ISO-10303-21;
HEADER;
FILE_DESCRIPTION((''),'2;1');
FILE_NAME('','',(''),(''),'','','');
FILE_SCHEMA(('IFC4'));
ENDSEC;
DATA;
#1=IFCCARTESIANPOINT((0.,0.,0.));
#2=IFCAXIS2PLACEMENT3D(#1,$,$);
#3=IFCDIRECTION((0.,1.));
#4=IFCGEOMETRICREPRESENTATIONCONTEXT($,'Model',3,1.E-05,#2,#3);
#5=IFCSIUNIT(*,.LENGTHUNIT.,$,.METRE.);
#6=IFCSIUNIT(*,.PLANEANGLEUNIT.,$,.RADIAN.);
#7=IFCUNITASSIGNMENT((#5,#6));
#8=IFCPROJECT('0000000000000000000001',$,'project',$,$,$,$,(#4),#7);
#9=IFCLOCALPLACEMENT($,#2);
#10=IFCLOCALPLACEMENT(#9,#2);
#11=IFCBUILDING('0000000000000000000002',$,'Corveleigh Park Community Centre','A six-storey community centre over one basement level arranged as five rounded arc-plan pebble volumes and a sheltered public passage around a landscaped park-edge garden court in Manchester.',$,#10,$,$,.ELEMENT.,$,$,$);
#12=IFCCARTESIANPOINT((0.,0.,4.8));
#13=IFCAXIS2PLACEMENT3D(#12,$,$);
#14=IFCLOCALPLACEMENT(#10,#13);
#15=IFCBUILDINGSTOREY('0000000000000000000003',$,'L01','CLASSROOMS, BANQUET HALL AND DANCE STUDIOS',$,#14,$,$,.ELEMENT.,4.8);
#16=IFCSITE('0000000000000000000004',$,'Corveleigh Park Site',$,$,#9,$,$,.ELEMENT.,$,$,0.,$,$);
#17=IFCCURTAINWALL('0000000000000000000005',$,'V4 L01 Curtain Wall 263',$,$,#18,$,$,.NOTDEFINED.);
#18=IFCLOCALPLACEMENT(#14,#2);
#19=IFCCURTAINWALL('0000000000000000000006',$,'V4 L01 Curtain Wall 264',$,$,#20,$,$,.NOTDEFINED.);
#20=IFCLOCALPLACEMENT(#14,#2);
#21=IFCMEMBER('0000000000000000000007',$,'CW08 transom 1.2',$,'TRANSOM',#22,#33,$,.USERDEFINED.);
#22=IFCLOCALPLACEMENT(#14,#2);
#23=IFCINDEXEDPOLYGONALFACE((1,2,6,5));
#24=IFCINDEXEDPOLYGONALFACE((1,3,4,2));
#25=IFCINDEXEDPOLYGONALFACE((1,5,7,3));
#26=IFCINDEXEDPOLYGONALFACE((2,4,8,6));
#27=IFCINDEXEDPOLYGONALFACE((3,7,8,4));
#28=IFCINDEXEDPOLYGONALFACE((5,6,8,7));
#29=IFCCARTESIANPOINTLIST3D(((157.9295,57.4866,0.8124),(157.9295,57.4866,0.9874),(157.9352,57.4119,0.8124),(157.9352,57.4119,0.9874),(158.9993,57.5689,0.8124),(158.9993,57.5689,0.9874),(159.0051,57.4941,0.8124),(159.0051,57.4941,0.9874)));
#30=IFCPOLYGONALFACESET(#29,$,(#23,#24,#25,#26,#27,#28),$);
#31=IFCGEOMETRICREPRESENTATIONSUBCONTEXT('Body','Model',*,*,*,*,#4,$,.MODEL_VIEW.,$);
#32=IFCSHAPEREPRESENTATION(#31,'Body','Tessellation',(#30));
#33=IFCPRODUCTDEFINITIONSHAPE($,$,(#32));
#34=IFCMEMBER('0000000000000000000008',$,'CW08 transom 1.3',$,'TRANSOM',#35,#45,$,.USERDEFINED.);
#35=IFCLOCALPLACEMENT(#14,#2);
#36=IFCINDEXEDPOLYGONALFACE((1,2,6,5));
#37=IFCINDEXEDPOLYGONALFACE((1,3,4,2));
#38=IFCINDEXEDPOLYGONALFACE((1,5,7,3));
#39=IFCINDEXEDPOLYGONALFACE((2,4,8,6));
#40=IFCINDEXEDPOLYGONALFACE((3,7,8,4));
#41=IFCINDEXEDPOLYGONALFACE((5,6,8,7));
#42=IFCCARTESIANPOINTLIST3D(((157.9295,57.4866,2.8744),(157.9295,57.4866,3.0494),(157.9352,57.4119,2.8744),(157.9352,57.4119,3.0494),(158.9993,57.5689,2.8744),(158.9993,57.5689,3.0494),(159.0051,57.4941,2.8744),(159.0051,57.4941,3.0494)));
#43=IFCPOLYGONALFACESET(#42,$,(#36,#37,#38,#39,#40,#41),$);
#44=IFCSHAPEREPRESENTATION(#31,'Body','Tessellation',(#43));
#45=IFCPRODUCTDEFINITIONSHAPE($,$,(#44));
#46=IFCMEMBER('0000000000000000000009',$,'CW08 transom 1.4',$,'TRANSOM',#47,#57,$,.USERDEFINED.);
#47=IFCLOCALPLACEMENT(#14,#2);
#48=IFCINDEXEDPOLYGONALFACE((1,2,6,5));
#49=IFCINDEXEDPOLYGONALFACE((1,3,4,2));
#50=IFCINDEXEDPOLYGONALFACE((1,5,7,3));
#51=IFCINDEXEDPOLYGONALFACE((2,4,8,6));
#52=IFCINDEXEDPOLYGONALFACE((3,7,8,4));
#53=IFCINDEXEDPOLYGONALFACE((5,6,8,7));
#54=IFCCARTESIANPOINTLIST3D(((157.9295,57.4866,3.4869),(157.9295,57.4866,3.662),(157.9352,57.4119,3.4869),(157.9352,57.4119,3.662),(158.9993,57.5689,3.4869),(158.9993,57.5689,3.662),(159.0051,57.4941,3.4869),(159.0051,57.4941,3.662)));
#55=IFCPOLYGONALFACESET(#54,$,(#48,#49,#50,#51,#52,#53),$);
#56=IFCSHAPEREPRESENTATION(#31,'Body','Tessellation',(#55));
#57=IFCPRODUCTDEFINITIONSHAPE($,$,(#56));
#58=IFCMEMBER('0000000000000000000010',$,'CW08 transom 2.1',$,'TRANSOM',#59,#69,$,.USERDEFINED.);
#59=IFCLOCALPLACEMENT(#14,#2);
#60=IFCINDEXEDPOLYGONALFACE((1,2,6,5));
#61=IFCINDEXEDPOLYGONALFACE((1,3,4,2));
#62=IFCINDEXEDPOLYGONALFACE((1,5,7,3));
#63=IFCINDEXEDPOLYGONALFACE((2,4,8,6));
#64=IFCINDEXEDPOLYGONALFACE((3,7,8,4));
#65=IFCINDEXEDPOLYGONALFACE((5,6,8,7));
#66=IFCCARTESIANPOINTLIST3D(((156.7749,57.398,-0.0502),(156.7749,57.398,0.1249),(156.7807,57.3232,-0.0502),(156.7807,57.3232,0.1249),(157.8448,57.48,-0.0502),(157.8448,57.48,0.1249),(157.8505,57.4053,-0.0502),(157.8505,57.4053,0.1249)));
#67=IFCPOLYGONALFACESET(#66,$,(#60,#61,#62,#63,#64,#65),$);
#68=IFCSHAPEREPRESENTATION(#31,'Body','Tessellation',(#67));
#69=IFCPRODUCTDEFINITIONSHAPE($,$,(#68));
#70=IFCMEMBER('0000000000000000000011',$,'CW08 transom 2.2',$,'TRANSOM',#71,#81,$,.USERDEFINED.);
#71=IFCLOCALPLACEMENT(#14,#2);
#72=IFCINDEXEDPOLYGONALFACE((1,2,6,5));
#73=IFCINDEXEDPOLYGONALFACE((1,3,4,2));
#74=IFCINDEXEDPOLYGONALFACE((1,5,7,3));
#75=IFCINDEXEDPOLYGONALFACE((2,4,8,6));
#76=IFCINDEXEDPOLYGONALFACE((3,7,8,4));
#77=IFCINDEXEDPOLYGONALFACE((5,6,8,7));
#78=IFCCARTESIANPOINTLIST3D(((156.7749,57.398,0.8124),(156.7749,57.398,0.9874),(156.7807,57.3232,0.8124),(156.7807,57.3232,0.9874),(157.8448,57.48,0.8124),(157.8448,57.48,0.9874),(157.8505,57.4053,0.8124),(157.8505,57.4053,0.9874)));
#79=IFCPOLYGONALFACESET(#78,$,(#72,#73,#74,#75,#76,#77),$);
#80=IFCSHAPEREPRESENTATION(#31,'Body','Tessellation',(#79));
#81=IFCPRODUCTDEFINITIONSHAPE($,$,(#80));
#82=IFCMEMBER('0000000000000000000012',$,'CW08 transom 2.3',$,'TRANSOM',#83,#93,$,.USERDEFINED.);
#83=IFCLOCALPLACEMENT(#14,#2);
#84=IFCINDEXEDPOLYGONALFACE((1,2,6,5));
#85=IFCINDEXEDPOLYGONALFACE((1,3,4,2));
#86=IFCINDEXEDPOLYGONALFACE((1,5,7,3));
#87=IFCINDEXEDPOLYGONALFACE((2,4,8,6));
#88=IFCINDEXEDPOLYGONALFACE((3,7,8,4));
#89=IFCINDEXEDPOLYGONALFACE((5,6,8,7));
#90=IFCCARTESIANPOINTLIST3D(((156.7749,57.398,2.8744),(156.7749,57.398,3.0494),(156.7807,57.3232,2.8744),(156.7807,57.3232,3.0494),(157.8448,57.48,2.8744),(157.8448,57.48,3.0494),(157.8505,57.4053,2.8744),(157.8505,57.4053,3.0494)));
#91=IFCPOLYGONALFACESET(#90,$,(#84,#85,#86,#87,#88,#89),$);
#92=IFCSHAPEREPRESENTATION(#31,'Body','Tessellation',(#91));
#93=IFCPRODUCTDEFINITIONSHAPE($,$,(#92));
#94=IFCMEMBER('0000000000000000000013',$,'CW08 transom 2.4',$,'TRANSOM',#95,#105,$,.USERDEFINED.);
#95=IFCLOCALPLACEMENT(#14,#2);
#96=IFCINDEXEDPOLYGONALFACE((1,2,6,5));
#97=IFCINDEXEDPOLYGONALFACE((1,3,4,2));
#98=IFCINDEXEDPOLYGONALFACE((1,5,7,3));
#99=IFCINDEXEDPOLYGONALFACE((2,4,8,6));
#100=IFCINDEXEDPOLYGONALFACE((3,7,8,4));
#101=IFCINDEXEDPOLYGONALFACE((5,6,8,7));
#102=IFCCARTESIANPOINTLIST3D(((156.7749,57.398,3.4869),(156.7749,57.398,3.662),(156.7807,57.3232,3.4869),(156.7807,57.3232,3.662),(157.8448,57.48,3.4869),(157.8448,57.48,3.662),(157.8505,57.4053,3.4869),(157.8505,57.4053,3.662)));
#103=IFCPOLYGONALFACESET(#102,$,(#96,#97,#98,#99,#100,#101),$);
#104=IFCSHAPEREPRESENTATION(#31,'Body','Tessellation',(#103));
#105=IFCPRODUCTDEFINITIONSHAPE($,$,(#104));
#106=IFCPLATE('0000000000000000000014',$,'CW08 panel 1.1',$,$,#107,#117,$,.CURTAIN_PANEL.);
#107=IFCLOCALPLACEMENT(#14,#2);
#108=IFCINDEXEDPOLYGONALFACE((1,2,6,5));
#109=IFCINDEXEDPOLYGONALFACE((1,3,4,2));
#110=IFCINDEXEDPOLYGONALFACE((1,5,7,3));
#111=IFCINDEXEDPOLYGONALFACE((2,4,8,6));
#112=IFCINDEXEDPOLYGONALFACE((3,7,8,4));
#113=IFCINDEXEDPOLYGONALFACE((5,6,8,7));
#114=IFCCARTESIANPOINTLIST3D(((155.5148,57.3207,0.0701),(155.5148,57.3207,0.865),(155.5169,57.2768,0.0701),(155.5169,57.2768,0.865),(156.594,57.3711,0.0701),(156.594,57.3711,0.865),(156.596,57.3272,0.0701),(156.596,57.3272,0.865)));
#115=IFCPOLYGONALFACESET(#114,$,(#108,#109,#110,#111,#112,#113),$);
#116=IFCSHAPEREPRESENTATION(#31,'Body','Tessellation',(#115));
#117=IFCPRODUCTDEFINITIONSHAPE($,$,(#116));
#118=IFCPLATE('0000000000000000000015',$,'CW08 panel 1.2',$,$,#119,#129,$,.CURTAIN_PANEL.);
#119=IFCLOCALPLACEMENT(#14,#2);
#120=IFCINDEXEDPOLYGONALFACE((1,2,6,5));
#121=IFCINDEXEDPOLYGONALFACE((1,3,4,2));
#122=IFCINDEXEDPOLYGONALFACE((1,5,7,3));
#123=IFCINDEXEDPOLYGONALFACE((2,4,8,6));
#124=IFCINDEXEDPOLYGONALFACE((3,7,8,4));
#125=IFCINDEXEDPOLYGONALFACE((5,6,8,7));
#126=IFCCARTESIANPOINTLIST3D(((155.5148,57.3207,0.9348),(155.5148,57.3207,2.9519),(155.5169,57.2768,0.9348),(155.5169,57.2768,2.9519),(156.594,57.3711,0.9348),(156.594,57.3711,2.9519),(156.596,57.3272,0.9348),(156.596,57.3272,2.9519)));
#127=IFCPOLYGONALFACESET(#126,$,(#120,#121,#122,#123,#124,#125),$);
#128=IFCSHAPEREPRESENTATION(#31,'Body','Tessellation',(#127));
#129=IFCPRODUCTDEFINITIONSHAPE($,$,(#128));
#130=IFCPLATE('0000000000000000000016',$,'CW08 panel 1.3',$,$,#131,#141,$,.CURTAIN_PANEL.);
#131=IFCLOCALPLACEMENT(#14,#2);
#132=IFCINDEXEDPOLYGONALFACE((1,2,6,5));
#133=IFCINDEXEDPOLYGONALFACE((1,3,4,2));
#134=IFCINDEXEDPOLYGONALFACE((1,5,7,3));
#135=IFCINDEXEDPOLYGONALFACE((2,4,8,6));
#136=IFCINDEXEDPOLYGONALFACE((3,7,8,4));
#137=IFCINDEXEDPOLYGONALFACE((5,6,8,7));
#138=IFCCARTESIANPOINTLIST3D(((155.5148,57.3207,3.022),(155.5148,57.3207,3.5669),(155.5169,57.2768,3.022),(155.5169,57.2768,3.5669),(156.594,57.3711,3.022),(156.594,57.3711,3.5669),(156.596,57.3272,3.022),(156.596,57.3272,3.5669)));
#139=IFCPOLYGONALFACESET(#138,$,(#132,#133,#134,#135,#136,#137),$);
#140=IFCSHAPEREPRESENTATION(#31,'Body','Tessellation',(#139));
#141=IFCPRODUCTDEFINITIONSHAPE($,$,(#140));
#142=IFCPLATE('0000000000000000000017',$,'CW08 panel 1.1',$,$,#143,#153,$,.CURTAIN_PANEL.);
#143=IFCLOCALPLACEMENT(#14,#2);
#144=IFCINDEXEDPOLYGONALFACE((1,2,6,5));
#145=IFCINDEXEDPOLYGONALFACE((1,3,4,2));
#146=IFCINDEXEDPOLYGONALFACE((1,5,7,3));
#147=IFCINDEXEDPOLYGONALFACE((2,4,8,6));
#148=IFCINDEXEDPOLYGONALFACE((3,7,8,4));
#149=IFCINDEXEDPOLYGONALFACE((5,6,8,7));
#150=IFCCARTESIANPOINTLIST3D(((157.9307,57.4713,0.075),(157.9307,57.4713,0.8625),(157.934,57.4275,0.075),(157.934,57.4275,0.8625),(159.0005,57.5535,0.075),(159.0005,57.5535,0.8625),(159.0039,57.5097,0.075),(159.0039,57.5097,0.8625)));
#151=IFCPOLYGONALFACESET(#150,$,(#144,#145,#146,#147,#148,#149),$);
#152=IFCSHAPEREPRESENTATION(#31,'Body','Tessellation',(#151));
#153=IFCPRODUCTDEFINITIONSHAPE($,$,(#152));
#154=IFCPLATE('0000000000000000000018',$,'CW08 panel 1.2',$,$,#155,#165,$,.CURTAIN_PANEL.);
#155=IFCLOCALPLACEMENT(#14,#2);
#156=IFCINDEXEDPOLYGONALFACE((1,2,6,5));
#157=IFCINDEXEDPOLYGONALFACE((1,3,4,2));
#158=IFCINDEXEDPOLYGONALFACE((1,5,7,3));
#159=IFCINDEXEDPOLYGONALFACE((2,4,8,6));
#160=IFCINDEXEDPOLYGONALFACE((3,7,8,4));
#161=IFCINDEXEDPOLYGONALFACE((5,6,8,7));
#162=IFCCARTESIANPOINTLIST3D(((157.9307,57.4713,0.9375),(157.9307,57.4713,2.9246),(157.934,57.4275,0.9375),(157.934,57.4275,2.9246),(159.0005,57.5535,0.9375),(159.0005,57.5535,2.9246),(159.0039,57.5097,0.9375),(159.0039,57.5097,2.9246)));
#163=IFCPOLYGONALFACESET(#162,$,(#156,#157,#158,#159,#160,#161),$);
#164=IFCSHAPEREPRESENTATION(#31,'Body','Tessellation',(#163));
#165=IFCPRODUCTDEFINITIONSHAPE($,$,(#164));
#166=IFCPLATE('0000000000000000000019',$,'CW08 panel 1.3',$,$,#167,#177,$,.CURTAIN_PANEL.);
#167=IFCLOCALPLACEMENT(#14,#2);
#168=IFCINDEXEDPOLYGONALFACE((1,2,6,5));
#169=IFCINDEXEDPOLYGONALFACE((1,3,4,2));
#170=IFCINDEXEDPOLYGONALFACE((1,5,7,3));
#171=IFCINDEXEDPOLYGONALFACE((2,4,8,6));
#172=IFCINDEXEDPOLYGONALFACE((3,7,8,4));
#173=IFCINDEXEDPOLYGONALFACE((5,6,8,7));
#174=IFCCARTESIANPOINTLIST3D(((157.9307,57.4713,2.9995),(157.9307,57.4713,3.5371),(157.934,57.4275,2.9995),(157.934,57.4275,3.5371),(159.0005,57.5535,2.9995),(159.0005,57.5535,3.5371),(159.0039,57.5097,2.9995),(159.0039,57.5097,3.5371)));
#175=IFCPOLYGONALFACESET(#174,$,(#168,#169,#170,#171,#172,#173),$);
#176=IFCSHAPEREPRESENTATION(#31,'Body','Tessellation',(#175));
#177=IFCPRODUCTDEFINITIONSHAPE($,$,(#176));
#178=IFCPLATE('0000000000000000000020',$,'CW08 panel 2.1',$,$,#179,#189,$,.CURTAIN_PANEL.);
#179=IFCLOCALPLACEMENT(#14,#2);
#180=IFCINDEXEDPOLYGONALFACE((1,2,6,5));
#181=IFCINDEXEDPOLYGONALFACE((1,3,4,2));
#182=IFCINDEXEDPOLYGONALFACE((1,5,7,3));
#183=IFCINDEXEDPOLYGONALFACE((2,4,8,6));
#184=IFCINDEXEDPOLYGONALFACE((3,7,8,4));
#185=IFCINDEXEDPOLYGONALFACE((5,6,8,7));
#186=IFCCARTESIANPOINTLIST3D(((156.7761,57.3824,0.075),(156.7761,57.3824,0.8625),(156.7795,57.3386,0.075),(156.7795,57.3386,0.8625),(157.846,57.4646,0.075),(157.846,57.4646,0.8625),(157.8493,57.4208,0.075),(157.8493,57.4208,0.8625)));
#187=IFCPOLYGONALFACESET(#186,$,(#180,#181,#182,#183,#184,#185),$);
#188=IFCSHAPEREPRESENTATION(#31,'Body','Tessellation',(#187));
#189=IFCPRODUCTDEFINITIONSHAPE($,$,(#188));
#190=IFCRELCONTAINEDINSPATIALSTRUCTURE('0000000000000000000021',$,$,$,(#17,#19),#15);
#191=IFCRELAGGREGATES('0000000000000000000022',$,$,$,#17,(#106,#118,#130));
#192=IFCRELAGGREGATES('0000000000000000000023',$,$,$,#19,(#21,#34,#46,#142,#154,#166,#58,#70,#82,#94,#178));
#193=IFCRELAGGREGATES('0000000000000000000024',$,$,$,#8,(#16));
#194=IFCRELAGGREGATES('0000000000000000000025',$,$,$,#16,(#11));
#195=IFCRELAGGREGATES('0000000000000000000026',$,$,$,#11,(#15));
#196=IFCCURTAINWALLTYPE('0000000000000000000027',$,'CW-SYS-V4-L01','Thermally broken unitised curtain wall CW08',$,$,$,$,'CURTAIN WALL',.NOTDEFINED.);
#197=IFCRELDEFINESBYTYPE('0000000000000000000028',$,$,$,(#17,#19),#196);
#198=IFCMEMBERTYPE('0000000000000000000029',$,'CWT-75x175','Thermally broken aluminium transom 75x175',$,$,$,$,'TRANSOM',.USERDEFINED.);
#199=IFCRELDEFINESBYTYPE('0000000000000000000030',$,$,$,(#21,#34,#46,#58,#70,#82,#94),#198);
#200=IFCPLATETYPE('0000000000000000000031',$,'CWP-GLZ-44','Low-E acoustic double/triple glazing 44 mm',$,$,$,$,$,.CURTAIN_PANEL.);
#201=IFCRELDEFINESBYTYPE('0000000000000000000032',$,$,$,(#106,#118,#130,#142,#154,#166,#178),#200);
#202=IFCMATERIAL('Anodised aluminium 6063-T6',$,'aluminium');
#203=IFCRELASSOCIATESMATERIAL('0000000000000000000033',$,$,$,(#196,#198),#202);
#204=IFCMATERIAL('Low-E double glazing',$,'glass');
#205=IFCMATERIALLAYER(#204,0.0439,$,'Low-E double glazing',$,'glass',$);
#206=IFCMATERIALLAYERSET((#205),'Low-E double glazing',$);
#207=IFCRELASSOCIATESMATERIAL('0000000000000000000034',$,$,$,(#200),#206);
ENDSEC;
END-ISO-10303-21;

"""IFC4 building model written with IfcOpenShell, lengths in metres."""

from ifc_helpers import new_model, si_unit, direction, frame, origin, origin_2d, place, context, subcontext, project, spatial, rectangle, extrude, material, layer, layer_set, material_profile, profile_set, type_object, element, aggregate, save


model = new_model("IFC4")

# Units and contexts
model_context = context("Model", 3, precision=1e-05, world=origin(), true_north=direction((0.0, 1.0)))
body_context = subcontext(model_context, "Body", "Model", "MODEL_VIEW")
ifc_project = project(units=[si_unit("LENGTHUNIT", "METRE"), si_unit("PLANEANGLEUNIT", "RADIAN")], contexts=[model_context])

# Site, building, storey
site_placement = place(None, origin())
site = spatial("IfcSite", under=ifc_project, at=site_placement, Name="Corveleigh Park Site", CompositionType="ELEMENT", RefElevation=0.0)
building_placement = place(site_placement, origin())
building = spatial("IfcBuilding", under=site, at=building_placement, Name="Corveleigh Park Community Centre", Description="A six-storey community centre over one basement level arranged as five rounded arc-plan pebble volumes and a sheltered public passage around a landscaped park-edge garden court in Manchester.", CompositionType="ELEMENT")
storey_placement = place(building_placement, frame((0.0, 0.0, 4.8)))
storey = spatial("IfcBuildingStorey", under=building, at=storey_placement, Name="L01", Description="CLASSROOMS, BANQUET HALL AND DANCE STUDIOS", CompositionType="ELEMENT", Elevation=4.8)

# Curtain walls
ifc_material_1 = material(Name="Anodised aluminium 6063-T6", Category="aluminium")
curtain_wall_type = type_object("IfcCurtainWallType", Name="CW-SYS-V4-L01", Description="Thermally broken unitised curtain wall CW08", ElementType="CURTAIN WALL", PredefinedType="NOTDEFINED", material=ifc_material_1)
curtain_wall_1_placement = place(storey_placement, origin())
curtain_wall_1 = element("IfcCurtainWall", 1, at=curtain_wall_1_placement, inside=storey, type_object=curtain_wall_type, Name="V4 L01 Curtain Wall 263", PredefinedType="NOTDEFINED")
curtain_wall_2_placement = place(storey_placement, origin())
curtain_wall_2 = element("IfcCurtainWall", 2, at=curtain_wall_2_placement, inside=storey, type_object=curtain_wall_type, Name="V4 L01 Curtain Wall 264", PredefinedType="NOTDEFINED")

# Members
ifc_material_profile_1 = material_profile(ifc_material_1, rectangle(XDim=0.075, YDim=0.175, at=origin_2d()), Name="ALU-T75x175", Category="aluminium")
ifc_profile_set_1 = profile_set([ifc_material_profile_1], Name="Anodised aluminium 6063-T6")
member_type_1 = type_object("IfcMemberType", Name="CWT-75x175", Description="Thermally broken aluminium transom 75x175", ElementType="TRANSOM", PredefinedType="USERDEFINED", material=ifc_profile_set_1)
member_1_placement = place(storey_placement, frame((159.0022, 57.5315, 0.8999), z_axis=(-0.997056, -0.076679, 0.0), x_axis=(0.076679, -0.997056, 0.0)))
member_1 = element("IfcMember", 3, at=member_1_placement, type_object=member_type_1, Name="CW08 transom 1.2", ObjectType="TRANSOM", PredefinedType="USERDEFINED", context=body_context, shape_type="SweptSolid", body=[
    extrude(rectangle(XDim=0.075, YDim=0.175, at=origin_2d()), origin(), (0.0, 0.0, 1.0), 1.073),
])
member_2_placement = place(storey_placement, frame((159.0022, 57.5315, 2.9619), z_axis=(-0.997056, -0.076679, 0.0), x_axis=(0.076679, -0.997056, 0.0)))
member_2 = element("IfcMember", 4, at=member_2_placement, type_object=member_type_1, Name="CW08 transom 1.3", ObjectType="TRANSOM", PredefinedType="USERDEFINED", context=body_context, shape_type="SweptSolid", body=[
    extrude(rectangle(XDim=0.075, YDim=0.175, at=origin_2d()), origin(), (0.0, 0.0, 1.0), 1.073),
])
member_3_placement = place(storey_placement, frame((159.0022, 57.5315, 3.5745), z_axis=(-0.997056, -0.076679, 0.0), x_axis=(0.076679, -0.997056, 0.0)))
member_3 = element("IfcMember", 5, at=member_3_placement, type_object=member_type_1, Name="CW08 transom 1.4", ObjectType="TRANSOM", PredefinedType="USERDEFINED", context=body_context, shape_type="SweptSolid", body=[
    extrude(rectangle(XDim=0.075, YDim=0.175, at=origin_2d()), origin(), (0.0, 0.0, 1.0), 1.073),
])
member_4_placement = place(storey_placement, frame((157.8477, 57.4426, 0.0374), z_axis=(-0.997073, -0.076453, 0.0), x_axis=(0.076453, -0.997073, 0.0)))
member_4 = element("IfcMember", 6, at=member_4_placement, type_object=member_type_1, Name="CW08 transom 2.1", ObjectType="TRANSOM", PredefinedType="USERDEFINED", context=body_context, shape_type="SweptSolid", body=[
    extrude(rectangle(XDim=0.075, YDim=0.175, at=origin_2d()), origin(), (0.0, 0.0, 1.0), 1.073),
])
member_5_placement = place(storey_placement, frame((157.8477, 57.4426, 0.8999), z_axis=(-0.997073, -0.076453, 0.0), x_axis=(0.076453, -0.997073, 0.0)))
member_5 = element("IfcMember", 7, at=member_5_placement, type_object=member_type_1, Name="CW08 transom 2.2", ObjectType="TRANSOM", PredefinedType="USERDEFINED", context=body_context, shape_type="SweptSolid", body=[
    extrude(rectangle(XDim=0.075, YDim=0.175, at=origin_2d()), origin(), (0.0, 0.0, 1.0), 1.073),
])
member_6_placement = place(storey_placement, frame((157.8477, 57.4426, 2.9619), z_axis=(-0.997073, -0.076453, 0.0), x_axis=(0.076453, -0.997073, 0.0)))
member_6 = element("IfcMember", 8, at=member_6_placement, type_object=member_type_1, Name="CW08 transom 2.3", ObjectType="TRANSOM", PredefinedType="USERDEFINED", context=body_context, shape_type="SweptSolid", body=[
    extrude(rectangle(XDim=0.075, YDim=0.175, at=origin_2d()), origin(), (0.0, 0.0, 1.0), 1.073),
])
member_7_placement = place(storey_placement, frame((157.8477, 57.4426, 3.5745), z_axis=(-0.997073, -0.076453, 0.0), x_axis=(0.076453, -0.997073, 0.0)))
member_7 = element("IfcMember", 9, at=member_7_placement, type_object=member_type_1, Name="CW08 transom 2.4", ObjectType="TRANSOM", PredefinedType="USERDEFINED", context=body_context, shape_type="SweptSolid", body=[
    extrude(rectangle(XDim=0.075, YDim=0.175, at=origin_2d()), origin(), (0.0, 0.0, 1.0), 1.073),
])

# Plates
ifc_material_2 = material(Name="Low-E double glazing", Category="glass")
ifc_layer_1 = layer(ifc_material_2, 0.0439, Name="Low-E double glazing", Category="glass")
ifc_layer_set_1 = layer_set([ifc_layer_1], Name="Low-E double glazing")
plate_type = type_object("IfcPlateType", Name="CWP-GLZ-44", Description="Low-E acoustic double/triple glazing 44 mm", PredefinedType="CURTAIN_PANEL", material=ifc_layer_set_1)
plate_1_placement = place(storey_placement, frame((156.0554, 57.324, 0.0701), z_axis=(0.0, 0.0, 1.0), x_axis=(-0.998911, -0.046655, 0.0)))
plate_1 = element("IfcPlate", 10, at=plate_1_placement, type_object=plate_type, Name="CW08 panel 1.1", PredefinedType="CURTAIN_PANEL", context=body_context, shape_type="SweptSolid", body=[
    extrude(rectangle(XDim=1.0803, YDim=0.0439, at=origin_2d()), origin(), (0.0, 0.0, 1.0), 0.7949),
])
plate_2_placement = place(storey_placement, frame((156.0554, 57.324, 0.9348), z_axis=(0.0, 0.0, 1.0), x_axis=(-0.998911, -0.046655, 0.0)))
plate_2 = element("IfcPlate", 11, at=plate_2_placement, type_object=plate_type, Name="CW08 panel 1.2", PredefinedType="CURTAIN_PANEL", context=body_context, shape_type="SweptSolid", body=[
    extrude(rectangle(XDim=1.0803, YDim=0.0439, at=origin_2d()), origin(), (0.0, 0.0, 1.0), 2.0171),
])
plate_3_placement = place(storey_placement, frame((156.0554, 57.324, 3.022), z_axis=(0.0, 0.0, 1.0), x_axis=(-0.998911, -0.046655, 0.0)))
plate_3 = element("IfcPlate", 12, at=plate_3_placement, type_object=plate_type, Name="CW08 panel 1.3", PredefinedType="CURTAIN_PANEL", context=body_context, shape_type="SweptSolid", body=[
    extrude(rectangle(XDim=1.0803, YDim=0.0439, at=origin_2d()), origin(), (0.0, 0.0, 1.0), 0.5449),
])
aggregate(curtain_wall_1, [plate_1, plate_2, plate_3])
plate_4_placement = place(storey_placement, frame((158.4673, 57.4905, 0.075), z_axis=(0.0, 0.0, 1.0), x_axis=(-0.997059, -0.076633, 0.0)))
plate_4 = element("IfcPlate", 13, at=plate_4_placement, type_object=plate_type, Name="CW08 panel 1.1", PredefinedType="CURTAIN_PANEL", context=body_context, shape_type="SweptSolid", body=[
    extrude(rectangle(XDim=1.073, YDim=0.0439, at=origin_2d()), origin(), (0.0, 0.0, 1.0), 0.7876),
])
plate_5_placement = place(storey_placement, frame((158.4673, 57.4905, 0.9375), z_axis=(0.0, 0.0, 1.0), x_axis=(-0.997059, -0.076633, 0.0)))
plate_5 = element("IfcPlate", 14, at=plate_5_placement, type_object=plate_type, Name="CW08 panel 1.2", PredefinedType="CURTAIN_PANEL", context=body_context, shape_type="SweptSolid", body=[
    extrude(rectangle(XDim=1.073, YDim=0.0439, at=origin_2d()), origin(), (0.0, 0.0, 1.0), 1.9871),
])
plate_6_placement = place(storey_placement, frame((158.4673, 57.4905, 2.9995), z_axis=(0.0, 0.0, 1.0), x_axis=(-0.997059, -0.076633, 0.0)))
plate_6 = element("IfcPlate", 15, at=plate_6_placement, type_object=plate_type, Name="CW08 panel 1.3", PredefinedType="CURTAIN_PANEL", context=body_context, shape_type="SweptSolid", body=[
    extrude(rectangle(XDim=1.073, YDim=0.0439, at=origin_2d()), origin(), (0.0, 0.0, 1.0), 0.5376),
])
plate_7_placement = place(storey_placement, frame((157.3127, 57.4016, 0.075), z_axis=(0.0, 0.0, 1.0), x_axis=(-0.997059, -0.076633, 0.0)))
plate_7 = element("IfcPlate", 16, at=plate_7_placement, type_object=plate_type, Name="CW08 panel 2.1", PredefinedType="CURTAIN_PANEL", context=body_context, shape_type="SweptSolid", body=[
    extrude(rectangle(XDim=1.073, YDim=0.0439, at=origin_2d()), origin(), (0.0, 0.0, 1.0), 0.7876),
])
aggregate(curtain_wall_2, [member_1, member_2, member_3, plate_4, plate_5, plate_6, member_4, member_5, member_6, member_7, plate_7])

save(model, "model.ifc")
